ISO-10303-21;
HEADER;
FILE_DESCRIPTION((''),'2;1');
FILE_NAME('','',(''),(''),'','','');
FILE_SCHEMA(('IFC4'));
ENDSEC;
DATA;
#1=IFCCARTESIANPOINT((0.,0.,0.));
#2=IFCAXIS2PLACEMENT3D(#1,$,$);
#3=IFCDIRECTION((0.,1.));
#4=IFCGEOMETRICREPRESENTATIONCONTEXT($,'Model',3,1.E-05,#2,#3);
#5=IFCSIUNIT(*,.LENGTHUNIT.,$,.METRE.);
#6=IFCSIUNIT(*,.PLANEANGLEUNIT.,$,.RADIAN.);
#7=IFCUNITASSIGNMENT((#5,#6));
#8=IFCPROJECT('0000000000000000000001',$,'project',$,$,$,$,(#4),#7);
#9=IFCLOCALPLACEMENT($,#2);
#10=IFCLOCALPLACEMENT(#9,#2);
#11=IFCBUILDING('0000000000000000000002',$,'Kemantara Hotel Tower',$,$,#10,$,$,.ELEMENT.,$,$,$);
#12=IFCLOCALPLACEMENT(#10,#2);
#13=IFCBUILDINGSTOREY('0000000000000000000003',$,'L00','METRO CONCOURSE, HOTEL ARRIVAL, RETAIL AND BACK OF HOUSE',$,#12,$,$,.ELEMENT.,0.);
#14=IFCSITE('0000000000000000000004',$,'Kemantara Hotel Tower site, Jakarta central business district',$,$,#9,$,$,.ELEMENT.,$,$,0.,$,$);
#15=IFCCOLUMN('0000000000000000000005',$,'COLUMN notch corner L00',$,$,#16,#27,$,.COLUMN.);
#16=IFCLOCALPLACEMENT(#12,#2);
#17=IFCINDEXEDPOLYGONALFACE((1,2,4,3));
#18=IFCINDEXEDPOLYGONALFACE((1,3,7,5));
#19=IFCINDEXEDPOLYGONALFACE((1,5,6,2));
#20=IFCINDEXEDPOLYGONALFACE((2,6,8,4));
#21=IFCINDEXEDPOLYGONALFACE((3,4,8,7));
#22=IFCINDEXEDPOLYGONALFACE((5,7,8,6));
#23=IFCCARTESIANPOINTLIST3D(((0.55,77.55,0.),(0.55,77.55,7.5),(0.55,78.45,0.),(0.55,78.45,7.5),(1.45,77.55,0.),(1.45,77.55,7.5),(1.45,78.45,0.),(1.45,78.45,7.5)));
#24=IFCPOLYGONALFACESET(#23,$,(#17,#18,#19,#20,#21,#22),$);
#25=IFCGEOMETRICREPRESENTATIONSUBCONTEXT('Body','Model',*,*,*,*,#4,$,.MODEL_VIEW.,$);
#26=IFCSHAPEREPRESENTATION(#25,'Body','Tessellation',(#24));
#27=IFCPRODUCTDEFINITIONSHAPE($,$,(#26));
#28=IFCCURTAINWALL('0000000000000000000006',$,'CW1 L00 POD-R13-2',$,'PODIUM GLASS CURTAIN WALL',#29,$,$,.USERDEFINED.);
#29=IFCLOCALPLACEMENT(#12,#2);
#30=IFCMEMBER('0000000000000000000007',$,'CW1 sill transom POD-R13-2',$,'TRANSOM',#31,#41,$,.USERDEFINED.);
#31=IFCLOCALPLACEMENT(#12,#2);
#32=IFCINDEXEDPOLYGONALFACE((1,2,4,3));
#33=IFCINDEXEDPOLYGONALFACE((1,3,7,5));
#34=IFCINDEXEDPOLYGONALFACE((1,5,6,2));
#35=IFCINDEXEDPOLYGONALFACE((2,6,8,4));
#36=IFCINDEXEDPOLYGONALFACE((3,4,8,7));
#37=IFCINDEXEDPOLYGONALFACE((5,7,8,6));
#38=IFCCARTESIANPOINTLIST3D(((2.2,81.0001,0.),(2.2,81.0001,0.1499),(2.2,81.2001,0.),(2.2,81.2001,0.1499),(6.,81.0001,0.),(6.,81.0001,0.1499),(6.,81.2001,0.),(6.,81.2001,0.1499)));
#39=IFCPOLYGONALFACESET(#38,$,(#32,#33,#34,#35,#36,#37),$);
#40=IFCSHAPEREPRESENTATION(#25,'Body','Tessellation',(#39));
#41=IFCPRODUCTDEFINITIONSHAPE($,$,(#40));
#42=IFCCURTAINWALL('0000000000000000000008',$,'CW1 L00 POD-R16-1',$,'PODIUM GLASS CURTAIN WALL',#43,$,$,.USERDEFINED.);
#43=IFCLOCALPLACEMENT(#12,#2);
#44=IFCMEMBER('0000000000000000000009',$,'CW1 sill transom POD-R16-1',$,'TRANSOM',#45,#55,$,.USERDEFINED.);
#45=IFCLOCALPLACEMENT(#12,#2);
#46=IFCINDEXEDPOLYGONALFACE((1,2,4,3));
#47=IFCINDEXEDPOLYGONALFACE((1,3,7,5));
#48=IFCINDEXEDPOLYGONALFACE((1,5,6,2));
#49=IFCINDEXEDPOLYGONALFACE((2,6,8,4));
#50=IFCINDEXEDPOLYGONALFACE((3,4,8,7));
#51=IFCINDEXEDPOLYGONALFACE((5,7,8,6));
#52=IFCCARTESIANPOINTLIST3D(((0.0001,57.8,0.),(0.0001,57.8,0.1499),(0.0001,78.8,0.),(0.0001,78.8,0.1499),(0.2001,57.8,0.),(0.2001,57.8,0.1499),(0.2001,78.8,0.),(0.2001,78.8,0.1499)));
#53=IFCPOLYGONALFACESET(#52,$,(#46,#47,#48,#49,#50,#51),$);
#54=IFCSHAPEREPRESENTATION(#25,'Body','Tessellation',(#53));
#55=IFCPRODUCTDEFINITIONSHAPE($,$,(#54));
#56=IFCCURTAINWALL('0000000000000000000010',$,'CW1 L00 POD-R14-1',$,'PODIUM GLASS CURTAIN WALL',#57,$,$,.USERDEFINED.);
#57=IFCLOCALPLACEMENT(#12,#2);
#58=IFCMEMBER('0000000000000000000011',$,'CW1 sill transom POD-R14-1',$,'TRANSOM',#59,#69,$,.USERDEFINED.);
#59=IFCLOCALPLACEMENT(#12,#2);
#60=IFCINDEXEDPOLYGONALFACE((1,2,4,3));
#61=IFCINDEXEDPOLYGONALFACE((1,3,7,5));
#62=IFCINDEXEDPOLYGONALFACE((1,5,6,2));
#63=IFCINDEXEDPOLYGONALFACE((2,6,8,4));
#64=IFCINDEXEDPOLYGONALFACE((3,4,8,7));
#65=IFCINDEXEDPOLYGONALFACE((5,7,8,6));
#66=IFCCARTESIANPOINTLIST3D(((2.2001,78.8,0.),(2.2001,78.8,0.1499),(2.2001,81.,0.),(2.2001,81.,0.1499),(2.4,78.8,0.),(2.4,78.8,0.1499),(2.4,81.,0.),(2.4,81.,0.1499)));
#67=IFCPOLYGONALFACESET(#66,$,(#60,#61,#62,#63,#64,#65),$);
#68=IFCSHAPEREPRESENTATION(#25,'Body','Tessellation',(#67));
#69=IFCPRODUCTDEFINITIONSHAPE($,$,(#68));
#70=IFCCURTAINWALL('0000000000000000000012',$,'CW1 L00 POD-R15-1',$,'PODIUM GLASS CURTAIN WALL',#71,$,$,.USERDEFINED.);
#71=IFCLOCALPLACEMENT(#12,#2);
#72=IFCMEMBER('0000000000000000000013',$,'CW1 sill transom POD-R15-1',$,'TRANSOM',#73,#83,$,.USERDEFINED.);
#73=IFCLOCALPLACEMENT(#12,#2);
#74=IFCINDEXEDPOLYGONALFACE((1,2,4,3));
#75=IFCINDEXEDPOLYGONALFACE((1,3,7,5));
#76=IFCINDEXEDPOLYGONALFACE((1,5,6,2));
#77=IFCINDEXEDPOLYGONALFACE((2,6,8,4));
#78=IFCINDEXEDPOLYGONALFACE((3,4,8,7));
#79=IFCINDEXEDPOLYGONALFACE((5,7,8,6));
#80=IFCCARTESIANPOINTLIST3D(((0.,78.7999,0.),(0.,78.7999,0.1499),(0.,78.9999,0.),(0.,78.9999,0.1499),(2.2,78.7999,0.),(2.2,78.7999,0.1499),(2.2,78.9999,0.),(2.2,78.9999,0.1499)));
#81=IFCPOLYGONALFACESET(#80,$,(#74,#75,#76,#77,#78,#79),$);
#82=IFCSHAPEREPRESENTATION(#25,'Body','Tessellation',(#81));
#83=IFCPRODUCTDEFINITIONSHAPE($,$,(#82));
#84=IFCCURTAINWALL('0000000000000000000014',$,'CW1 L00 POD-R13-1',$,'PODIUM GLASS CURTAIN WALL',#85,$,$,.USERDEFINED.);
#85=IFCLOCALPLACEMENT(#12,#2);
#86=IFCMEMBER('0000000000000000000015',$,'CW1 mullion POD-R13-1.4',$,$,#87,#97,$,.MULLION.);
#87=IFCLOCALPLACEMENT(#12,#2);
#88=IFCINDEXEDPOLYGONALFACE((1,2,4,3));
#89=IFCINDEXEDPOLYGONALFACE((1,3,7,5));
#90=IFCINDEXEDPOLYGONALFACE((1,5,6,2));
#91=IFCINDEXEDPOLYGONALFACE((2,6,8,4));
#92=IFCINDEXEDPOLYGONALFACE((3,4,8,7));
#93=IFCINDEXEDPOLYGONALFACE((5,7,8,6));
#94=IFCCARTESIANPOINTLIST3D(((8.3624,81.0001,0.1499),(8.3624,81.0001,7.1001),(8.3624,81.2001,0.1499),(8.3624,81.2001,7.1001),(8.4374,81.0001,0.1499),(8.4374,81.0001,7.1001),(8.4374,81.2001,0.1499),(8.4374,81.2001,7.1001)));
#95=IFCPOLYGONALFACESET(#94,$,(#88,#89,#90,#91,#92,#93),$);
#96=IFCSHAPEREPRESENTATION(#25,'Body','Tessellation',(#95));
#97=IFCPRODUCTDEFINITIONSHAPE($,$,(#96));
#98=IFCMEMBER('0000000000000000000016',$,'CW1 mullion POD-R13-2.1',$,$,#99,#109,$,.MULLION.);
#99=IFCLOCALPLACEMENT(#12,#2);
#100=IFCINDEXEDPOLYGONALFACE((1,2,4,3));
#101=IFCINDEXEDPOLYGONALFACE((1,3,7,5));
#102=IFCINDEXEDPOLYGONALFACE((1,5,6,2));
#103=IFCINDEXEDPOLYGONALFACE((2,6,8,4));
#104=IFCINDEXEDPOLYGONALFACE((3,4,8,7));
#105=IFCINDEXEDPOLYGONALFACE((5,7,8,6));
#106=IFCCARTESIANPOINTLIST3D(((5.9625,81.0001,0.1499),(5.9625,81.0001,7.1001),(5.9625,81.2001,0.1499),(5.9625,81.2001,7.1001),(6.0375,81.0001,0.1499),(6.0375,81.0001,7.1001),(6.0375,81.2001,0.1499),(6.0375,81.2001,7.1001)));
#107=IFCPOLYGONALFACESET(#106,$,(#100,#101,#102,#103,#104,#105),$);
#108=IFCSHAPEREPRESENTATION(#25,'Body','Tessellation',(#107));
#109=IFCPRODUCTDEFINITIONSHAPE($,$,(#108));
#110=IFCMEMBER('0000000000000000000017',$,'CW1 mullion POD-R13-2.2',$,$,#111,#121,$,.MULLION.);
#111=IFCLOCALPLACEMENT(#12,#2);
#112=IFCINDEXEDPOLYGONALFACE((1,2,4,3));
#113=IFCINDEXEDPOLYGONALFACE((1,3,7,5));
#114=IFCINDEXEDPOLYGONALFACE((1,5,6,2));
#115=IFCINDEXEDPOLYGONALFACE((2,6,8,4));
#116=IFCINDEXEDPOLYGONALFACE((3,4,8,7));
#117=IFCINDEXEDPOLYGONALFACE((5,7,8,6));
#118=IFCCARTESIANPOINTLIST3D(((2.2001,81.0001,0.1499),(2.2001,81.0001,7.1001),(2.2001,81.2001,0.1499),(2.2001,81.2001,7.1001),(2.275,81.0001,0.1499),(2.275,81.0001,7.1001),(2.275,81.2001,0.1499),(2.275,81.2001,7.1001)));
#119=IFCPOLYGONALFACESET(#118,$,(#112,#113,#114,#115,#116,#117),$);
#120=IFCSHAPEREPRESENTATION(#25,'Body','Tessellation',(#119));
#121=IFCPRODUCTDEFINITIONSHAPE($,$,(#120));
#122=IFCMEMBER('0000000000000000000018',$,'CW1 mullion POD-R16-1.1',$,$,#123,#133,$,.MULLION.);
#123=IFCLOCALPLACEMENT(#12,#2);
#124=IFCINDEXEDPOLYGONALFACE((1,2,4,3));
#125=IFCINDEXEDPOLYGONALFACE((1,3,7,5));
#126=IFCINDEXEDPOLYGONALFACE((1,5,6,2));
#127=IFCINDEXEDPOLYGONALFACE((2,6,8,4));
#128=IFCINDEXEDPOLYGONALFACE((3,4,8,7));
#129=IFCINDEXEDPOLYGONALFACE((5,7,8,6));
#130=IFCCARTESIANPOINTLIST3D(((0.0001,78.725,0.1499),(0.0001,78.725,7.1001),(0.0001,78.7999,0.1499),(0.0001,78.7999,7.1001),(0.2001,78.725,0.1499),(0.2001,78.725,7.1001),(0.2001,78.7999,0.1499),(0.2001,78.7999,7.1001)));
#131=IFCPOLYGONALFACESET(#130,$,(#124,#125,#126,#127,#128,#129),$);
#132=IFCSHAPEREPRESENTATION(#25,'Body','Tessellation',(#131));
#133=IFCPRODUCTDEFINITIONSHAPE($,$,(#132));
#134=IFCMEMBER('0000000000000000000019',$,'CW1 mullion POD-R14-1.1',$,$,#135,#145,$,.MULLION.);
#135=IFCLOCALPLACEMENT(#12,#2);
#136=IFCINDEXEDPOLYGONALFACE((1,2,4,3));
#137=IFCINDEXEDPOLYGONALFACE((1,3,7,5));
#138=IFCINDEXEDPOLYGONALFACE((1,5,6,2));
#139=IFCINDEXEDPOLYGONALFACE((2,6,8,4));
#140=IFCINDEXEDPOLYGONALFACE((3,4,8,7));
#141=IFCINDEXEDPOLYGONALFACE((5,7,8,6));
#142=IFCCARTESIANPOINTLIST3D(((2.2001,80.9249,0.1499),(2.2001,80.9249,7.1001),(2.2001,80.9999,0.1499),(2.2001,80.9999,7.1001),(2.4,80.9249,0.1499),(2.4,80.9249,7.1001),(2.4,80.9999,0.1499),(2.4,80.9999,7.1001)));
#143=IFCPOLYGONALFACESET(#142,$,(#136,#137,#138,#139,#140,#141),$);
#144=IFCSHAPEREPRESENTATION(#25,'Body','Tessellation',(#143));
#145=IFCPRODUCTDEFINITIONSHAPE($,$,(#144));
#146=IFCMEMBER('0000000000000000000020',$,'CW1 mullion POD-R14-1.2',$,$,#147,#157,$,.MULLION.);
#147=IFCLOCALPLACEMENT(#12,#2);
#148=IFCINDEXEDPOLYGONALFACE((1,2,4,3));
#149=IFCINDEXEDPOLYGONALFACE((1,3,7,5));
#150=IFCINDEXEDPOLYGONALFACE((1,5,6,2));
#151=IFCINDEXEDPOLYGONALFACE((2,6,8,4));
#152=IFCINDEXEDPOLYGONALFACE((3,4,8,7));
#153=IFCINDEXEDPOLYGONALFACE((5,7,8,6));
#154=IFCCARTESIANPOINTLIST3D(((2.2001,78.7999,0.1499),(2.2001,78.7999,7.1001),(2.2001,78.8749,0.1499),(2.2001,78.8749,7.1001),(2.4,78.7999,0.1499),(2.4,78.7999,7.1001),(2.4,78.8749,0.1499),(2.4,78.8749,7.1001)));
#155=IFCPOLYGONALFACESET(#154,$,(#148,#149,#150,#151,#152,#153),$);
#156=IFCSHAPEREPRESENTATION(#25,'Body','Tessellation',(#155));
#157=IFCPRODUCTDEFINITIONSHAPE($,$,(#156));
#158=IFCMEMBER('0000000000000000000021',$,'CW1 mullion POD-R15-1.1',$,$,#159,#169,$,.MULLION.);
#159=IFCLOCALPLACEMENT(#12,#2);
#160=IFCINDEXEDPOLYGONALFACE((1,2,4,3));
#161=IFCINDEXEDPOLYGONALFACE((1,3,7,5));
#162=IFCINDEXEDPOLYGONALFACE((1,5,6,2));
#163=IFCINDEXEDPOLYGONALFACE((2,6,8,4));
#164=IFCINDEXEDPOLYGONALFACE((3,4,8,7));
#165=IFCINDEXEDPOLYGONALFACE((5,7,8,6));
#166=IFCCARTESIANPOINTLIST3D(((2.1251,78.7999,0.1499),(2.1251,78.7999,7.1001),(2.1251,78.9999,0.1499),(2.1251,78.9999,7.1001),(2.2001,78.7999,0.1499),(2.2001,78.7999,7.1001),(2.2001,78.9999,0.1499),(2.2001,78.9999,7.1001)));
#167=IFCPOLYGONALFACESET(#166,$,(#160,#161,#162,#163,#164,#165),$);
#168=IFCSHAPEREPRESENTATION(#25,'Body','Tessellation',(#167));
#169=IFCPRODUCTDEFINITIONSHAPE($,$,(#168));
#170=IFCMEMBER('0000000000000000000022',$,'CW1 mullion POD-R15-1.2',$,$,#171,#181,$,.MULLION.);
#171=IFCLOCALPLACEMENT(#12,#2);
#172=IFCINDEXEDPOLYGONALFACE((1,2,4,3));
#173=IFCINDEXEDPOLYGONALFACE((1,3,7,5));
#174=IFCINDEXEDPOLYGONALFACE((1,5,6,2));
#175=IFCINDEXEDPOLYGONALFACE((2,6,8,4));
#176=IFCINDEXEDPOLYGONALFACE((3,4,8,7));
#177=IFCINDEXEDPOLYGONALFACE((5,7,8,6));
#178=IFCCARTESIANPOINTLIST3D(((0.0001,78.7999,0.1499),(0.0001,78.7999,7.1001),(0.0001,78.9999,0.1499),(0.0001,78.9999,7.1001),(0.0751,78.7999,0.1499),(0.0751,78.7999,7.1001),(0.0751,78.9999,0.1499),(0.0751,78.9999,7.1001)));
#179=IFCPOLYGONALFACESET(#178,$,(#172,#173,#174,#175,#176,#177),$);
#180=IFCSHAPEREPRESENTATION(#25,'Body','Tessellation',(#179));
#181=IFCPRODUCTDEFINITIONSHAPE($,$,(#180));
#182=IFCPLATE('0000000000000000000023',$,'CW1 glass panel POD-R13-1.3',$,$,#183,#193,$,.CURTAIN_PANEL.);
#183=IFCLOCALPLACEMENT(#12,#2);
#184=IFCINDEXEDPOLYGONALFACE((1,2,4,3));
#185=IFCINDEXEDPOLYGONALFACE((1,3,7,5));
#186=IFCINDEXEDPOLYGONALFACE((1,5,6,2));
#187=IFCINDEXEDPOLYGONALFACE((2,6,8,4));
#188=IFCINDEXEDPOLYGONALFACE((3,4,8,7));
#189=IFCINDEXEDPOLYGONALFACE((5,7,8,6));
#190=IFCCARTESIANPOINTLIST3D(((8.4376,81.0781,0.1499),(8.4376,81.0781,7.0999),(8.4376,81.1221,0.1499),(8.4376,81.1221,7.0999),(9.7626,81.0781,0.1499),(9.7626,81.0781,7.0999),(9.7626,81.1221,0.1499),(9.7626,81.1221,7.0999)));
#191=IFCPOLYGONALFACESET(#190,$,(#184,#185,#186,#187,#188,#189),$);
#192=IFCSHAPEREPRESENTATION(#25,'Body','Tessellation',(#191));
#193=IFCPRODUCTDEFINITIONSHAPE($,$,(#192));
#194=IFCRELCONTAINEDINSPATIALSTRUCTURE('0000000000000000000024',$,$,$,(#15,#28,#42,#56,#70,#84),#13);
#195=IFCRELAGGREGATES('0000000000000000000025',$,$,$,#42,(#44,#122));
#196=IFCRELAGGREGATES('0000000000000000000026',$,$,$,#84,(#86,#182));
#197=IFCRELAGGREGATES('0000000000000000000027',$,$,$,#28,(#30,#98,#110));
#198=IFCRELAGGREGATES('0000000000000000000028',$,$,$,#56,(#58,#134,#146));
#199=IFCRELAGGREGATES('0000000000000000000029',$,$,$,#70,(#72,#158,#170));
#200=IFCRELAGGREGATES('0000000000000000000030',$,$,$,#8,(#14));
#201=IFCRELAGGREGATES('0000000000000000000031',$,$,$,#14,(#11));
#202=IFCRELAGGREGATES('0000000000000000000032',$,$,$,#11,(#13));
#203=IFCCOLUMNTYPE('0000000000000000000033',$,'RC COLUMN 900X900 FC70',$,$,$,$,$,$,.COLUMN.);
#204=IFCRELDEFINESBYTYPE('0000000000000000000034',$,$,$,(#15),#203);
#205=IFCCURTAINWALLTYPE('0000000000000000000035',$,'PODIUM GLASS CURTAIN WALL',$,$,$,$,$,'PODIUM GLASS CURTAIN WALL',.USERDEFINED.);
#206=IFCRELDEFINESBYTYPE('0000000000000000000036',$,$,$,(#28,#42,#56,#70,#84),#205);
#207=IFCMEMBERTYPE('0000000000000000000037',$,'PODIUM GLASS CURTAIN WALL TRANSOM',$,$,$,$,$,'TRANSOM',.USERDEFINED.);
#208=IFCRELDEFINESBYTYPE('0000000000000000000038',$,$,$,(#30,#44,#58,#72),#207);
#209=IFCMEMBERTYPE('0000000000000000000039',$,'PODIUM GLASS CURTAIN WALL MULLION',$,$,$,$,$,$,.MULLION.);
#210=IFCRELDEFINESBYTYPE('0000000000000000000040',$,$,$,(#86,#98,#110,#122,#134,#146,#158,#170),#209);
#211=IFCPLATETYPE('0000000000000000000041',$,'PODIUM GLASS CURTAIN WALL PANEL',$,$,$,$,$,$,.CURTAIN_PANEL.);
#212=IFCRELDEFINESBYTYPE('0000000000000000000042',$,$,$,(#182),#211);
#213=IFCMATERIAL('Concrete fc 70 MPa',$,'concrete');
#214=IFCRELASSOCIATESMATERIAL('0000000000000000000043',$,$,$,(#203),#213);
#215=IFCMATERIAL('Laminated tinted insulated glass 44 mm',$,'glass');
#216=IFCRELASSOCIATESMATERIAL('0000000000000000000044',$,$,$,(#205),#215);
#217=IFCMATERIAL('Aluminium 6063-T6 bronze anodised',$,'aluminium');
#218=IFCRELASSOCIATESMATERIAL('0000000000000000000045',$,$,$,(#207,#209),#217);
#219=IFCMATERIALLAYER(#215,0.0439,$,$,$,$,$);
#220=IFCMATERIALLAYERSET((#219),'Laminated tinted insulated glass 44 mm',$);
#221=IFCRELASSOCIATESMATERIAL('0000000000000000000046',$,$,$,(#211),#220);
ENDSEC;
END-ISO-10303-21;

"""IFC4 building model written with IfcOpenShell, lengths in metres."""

from ifc_helpers import new_model, si_unit, direction, frame, origin, origin_2d, place, context, subcontext, project, spatial, rectangle, extrude, source, transform, mapped, material, layer, layer_set, material_profile, profile_set, type_object, element, aggregate, save


model = new_model("IFC4")

# Units and contexts
model_context = context("Model", 3, precision=1e-05, world=origin(), true_north=direction((0.0, 1.0)))
body_context = subcontext(model_context, "Body", "Model", "MODEL_VIEW")
ifc_project = project(units=[si_unit("LENGTHUNIT", "METRE"), si_unit("PLANEANGLEUNIT", "RADIAN")], contexts=[model_context])

# Site, building, storey
site_placement = place(None, origin())
site = spatial("IfcSite", under=ifc_project, at=site_placement, Name="Kemantara Hotel Tower site, Jakarta central business district", CompositionType="ELEMENT", RefElevation=0.0)
building_placement = place(site_placement, origin())
building = spatial("IfcBuilding", under=site, at=building_placement, Name="Kemantara Hotel Tower", CompositionType="ELEMENT")
storey_placement = place(building_placement, origin())
storey = spatial("IfcBuildingStorey", under=building, at=storey_placement, Name="L00", Description="METRO CONCOURSE, HOTEL ARRIVAL, RETAIL AND BACK OF HOUSE", CompositionType="ELEMENT", Elevation=0.0)

# Column
ifc_material_1 = material(Name="Concrete fc 70 MPa", Category="concrete")
ifc_material_profile_1 = material_profile(ifc_material_1, rectangle(XDim=0.8999, YDim=0.8999, at=origin_2d()), Name="RC 900X900")
ifc_profile_set_1 = profile_set([ifc_material_profile_1], Name="Concrete fc 70 MPa")
column_type = type_object("IfcColumnType", Name="RC COLUMN 900X900 FC70", PredefinedType="COLUMN", material=ifc_profile_set_1)
column_placement = place(storey_placement, frame((1.0, 78.0, 0.0), z_axis=(0.0, 0.0, 1.0), x_axis=(1.0, 0.0, 0.0)))
element("IfcColumn", 1, at=column_placement, inside=storey, type_object=column_type, Name="COLUMN notch corner L00", PredefinedType="COLUMN", context=body_context, shape_type="SweptSolid", body=[
    extrude(rectangle(XDim=0.8999, YDim=0.8999, at=origin_2d()), origin(), (0.0, 0.0, 1.0), 7.5),
])

# Curtain walls, members
ifc_material_2 = material(Name="Laminated tinted insulated glass 44 mm", Category="glass")
curtain_wall_type = type_object("IfcCurtainWallType", Name="PODIUM GLASS CURTAIN WALL", ElementType="PODIUM GLASS CURTAIN WALL", PredefinedType="USERDEFINED", material=ifc_material_2)
curtain_wall_1_placement = place(storey_placement, origin())
curtain_wall_1 = element("IfcCurtainWall", 2, at=curtain_wall_1_placement, inside=storey, type_object=curtain_wall_type, Name="CW1 L00 POD-R13-2", ObjectType="PODIUM GLASS CURTAIN WALL", PredefinedType="USERDEFINED")
ifc_material_3 = material(Name="Aluminium 6063-T6 bronze anodised", Category="aluminium")
ifc_material_profile_2 = material_profile(ifc_material_3, rectangle(XDim=0.2, YDim=0.1499, at=origin_2d()), Name="PODIUM GLASS CURTAIN WALL TRANSOM")
ifc_profile_set_2 = profile_set([ifc_material_profile_2], Name="Aluminium 6063-T6 bronze anodised")
member_type_1 = type_object("IfcMemberType", Name="PODIUM GLASS CURTAIN WALL TRANSOM", ElementType="TRANSOM", PredefinedType="USERDEFINED", material=ifc_profile_set_2)
member_1_placement = place(storey_placement, frame((6.0, 81.1001, 0.075), z_axis=(-1.0, 0.0, 0.0), x_axis=(0.0, -1.0, 0.0)))
member_1 = element("IfcMember", 3, at=member_1_placement, type_object=member_type_1, Name="CW1 sill transom POD-R13-2", ObjectType="TRANSOM", PredefinedType="USERDEFINED", context=body_context, shape_type="SweptSolid", body=[
    extrude(rectangle(XDim=0.2, YDim=0.1499, at=origin_2d()), origin(), (0.0, 0.0, 1.0), 3.8),
])
curtain_wall_2_placement = place(storey_placement, origin())
curtain_wall_2 = element("IfcCurtainWall", 4, at=curtain_wall_2_placement, inside=storey, type_object=curtain_wall_type, Name="CW1 L00 POD-R16-1", ObjectType="PODIUM GLASS CURTAIN WALL", PredefinedType="USERDEFINED")
member_2_placement = place(storey_placement, frame((0.1001, 78.8, 0.075), z_axis=(0.0, -1.0, 0.0), x_axis=(1.0, 0.0, 0.0)))
member_2 = element("IfcMember", 5, at=member_2_placement, type_object=member_type_1, Name="CW1 sill transom POD-R16-1", ObjectType="TRANSOM", PredefinedType="USERDEFINED", context=body_context, shape_type="SweptSolid", body=[
    extrude(rectangle(XDim=0.2, YDim=0.1499, at=origin_2d()), origin(), (0.0, 0.0, 1.0), 21.0),
])
curtain_wall_3_placement = place(storey_placement, origin())
curtain_wall_3 = element("IfcCurtainWall", 6, at=curtain_wall_3_placement, inside=storey, type_object=curtain_wall_type, Name="CW1 L00 POD-R14-1", ObjectType="PODIUM GLASS CURTAIN WALL", PredefinedType="USERDEFINED")
member_3_placement = place(storey_placement, frame((2.3, 81.0, 0.075), z_axis=(0.0, -1.0, 0.0), x_axis=(1.0, 0.0, 0.0)))
member_3 = element("IfcMember", 7, at=member_3_placement, type_object=member_type_1, Name="CW1 sill transom POD-R14-1", ObjectType="TRANSOM", PredefinedType="USERDEFINED", context=body_context, shape_type="SweptSolid", body=[
    extrude(rectangle(XDim=0.2, YDim=0.1499, at=origin_2d()), origin(), (0.0, 0.0, 1.0), 2.2),
])
curtain_wall_4_placement = place(storey_placement, origin())
curtain_wall_4 = element("IfcCurtainWall", 8, at=curtain_wall_4_placement, inside=storey, type_object=curtain_wall_type, Name="CW1 L00 POD-R15-1", ObjectType="PODIUM GLASS CURTAIN WALL", PredefinedType="USERDEFINED")
member_4_placement = place(storey_placement, frame((2.2, 78.8999, 0.075), z_axis=(-1.0, 0.0, 0.0), x_axis=(0.0, -1.0, 0.0)))
member_4 = element("IfcMember", 9, at=member_4_placement, type_object=member_type_1, Name="CW1 sill transom POD-R15-1", ObjectType="TRANSOM", PredefinedType="USERDEFINED", context=body_context, shape_type="SweptSolid", body=[
    extrude(rectangle(XDim=0.2, YDim=0.1499, at=origin_2d()), origin(), (0.0, 0.0, 1.0), 2.2),
])
curtain_wall_5_placement = place(storey_placement, origin())
curtain_wall_5 = element("IfcCurtainWall", 10, at=curtain_wall_5_placement, inside=storey, type_object=curtain_wall_type, Name="CW1 L00 POD-R13-1", ObjectType="PODIUM GLASS CURTAIN WALL", PredefinedType="USERDEFINED")
ifc_material_profile_3 = material_profile(ifc_material_3, rectangle(XDim=0.2, YDim=0.075, at=origin_2d()), Name="PODIUM GLASS CURTAIN WALL MULLION")
ifc_profile_set_3 = profile_set([ifc_material_profile_3], Name="Aluminium 6063-T6 bronze anodised")
member_type_2 = type_object("IfcMemberType", Name="PODIUM GLASS CURTAIN WALL MULLION", PredefinedType="MULLION", material=ifc_profile_set_3)
shared_shape_1 = source(origin(), body_context, "Body", "SweptSolid", [
    extrude(rectangle(XDim=0.2, YDim=0.075, at=origin_2d()), origin(), (0.0, 0.0, 1.0), 6.9502),
])
member_5_placement = place(storey_placement, frame((8.3999, 81.1001, 0.1499), z_axis=(0.0, 0.0, 1.0), x_axis=(0.0, -1.0, 0.0)))
member_5 = element("IfcMember", 11, at=member_5_placement, type_object=member_type_2, Name="CW1 mullion POD-R13-1.4", PredefinedType="MULLION", context=body_context, shape_type="MappedRepresentation", body=[
    mapped(shared_shape_1, transform((0.0, 0.0, 0.0))),
])

# Members
member_6_placement = place(storey_placement, frame((6.0, 81.1001, 0.1499), z_axis=(0.0, 0.0, 1.0), x_axis=(0.0, -1.0, 0.0)))
member_6 = element("IfcMember", 12, at=member_6_placement, type_object=member_type_2, Name="CW1 mullion POD-R13-2.1", PredefinedType="MULLION", context=body_context, shape_type="MappedRepresentation", body=[
    mapped(shared_shape_1, transform((0.0, 0.0, 0.0))),
])
member_7_placement = place(storey_placement, frame((2.2375, 81.1001, 0.1499), z_axis=(0.0, 0.0, 1.0), x_axis=(0.0, -1.0, 0.0)))
member_7 = element("IfcMember", 13, at=member_7_placement, type_object=member_type_2, Name="CW1 mullion POD-R13-2.2", PredefinedType="MULLION", context=body_context, shape_type="MappedRepresentation", body=[
    mapped(shared_shape_1, transform((0.0, 0.0, 0.0))),
])
member_8_placement = place(storey_placement, frame((0.1001, 78.7625, 0.1499), z_axis=(0.0, 0.0, 1.0), x_axis=(1.0, 0.0, 0.0)))
member_8 = element("IfcMember", 14, at=member_8_placement, type_object=member_type_2, Name="CW1 mullion POD-R16-1.1", PredefinedType="MULLION", context=body_context, shape_type="MappedRepresentation", body=[
    mapped(shared_shape_1, transform((0.0, 0.0, 0.0))),
])
aggregate(curtain_wall_2, [member_2, member_8])
member_9_placement = place(storey_placement, frame((2.3, 80.9624, 0.1499), z_axis=(0.0, 0.0, 1.0), x_axis=(1.0, 0.0, 0.0)))
member_9 = element("IfcMember", 15, at=member_9_placement, type_object=member_type_2, Name="CW1 mullion POD-R14-1.1", PredefinedType="MULLION", context=body_context, shape_type="MappedRepresentation", body=[
    mapped(shared_shape_1, transform((0.0, 0.0, 0.0))),
])
member_10_placement = place(storey_placement, frame((2.3, 78.8374, 0.1499), z_axis=(0.0, 0.0, 1.0), x_axis=(1.0, 0.0, 0.0)))
member_10 = element("IfcMember", 16, at=member_10_placement, type_object=member_type_2, Name="CW1 mullion POD-R14-1.2", PredefinedType="MULLION", context=body_context, shape_type="MappedRepresentation", body=[
    mapped(shared_shape_1, transform((0.0, 0.0, 0.0))),
])
member_11_placement = place(storey_placement, frame((2.1626, 78.8999, 0.1499), z_axis=(0.0, 0.0, 1.0), x_axis=(0.0, -1.0, 0.0)))
member_11 = element("IfcMember", 17, at=member_11_placement, type_object=member_type_2, Name="CW1 mullion POD-R15-1.1", PredefinedType="MULLION", context=body_context, shape_type="MappedRepresentation", body=[
    mapped(shared_shape_1, transform((0.0, 0.0, 0.0))),
])
member_12_placement = place(storey_placement, frame((0.0376, 78.8999, 0.1499), z_axis=(0.0, 0.0, 1.0), x_axis=(0.0, -1.0, 0.0)))
member_12 = element("IfcMember", 18, at=member_12_placement, type_object=member_type_2, Name="CW1 mullion POD-R15-1.2", PredefinedType="MULLION", context=body_context, shape_type="MappedRepresentation", body=[
    mapped(shared_shape_1, transform((0.0, 0.0, 0.0))),
])

# Plate
ifc_layer_1 = layer(ifc_material_2, 0.0439)
ifc_layer_set_1 = layer_set([ifc_layer_1], Name="Laminated tinted insulated glass 44 mm")
plate_type = type_object("IfcPlateType", Name="PODIUM GLASS CURTAIN WALL PANEL", PredefinedType="CURTAIN_PANEL", material=ifc_layer_set_1)
shared_shape_2 = source(origin(), body_context, "Body", "SweptSolid", [
    extrude(rectangle(XDim=1.325, YDim=0.0439, at=origin_2d()), origin(), (0.0, 0.0, 1.0), 6.95),
])
plate_1_placement = place(storey_placement, frame((9.1001, 81.1001, 0.1499), z_axis=(0.0, 0.0, 1.0), x_axis=(-1.0, 0.0, 0.0)))
plate_1 = element("IfcPlate", 19, at=plate_1_placement, type_object=plate_type, Name="CW1 glass panel POD-R13-1.3", PredefinedType="CURTAIN_PANEL", context=body_context, shape_type="MappedRepresentation", body=[
    mapped(shared_shape_2, transform((0.0, 0.0, 0.0))),
])
aggregate(curtain_wall_5, [member_5, plate_1])
aggregate(curtain_wall_1, [member_1, member_6, member_7])
aggregate(curtain_wall_3, [member_3, member_9, member_10])
aggregate(curtain_wall_4, [member_4, member_11, member_12])

save(model, "model.ifc")
